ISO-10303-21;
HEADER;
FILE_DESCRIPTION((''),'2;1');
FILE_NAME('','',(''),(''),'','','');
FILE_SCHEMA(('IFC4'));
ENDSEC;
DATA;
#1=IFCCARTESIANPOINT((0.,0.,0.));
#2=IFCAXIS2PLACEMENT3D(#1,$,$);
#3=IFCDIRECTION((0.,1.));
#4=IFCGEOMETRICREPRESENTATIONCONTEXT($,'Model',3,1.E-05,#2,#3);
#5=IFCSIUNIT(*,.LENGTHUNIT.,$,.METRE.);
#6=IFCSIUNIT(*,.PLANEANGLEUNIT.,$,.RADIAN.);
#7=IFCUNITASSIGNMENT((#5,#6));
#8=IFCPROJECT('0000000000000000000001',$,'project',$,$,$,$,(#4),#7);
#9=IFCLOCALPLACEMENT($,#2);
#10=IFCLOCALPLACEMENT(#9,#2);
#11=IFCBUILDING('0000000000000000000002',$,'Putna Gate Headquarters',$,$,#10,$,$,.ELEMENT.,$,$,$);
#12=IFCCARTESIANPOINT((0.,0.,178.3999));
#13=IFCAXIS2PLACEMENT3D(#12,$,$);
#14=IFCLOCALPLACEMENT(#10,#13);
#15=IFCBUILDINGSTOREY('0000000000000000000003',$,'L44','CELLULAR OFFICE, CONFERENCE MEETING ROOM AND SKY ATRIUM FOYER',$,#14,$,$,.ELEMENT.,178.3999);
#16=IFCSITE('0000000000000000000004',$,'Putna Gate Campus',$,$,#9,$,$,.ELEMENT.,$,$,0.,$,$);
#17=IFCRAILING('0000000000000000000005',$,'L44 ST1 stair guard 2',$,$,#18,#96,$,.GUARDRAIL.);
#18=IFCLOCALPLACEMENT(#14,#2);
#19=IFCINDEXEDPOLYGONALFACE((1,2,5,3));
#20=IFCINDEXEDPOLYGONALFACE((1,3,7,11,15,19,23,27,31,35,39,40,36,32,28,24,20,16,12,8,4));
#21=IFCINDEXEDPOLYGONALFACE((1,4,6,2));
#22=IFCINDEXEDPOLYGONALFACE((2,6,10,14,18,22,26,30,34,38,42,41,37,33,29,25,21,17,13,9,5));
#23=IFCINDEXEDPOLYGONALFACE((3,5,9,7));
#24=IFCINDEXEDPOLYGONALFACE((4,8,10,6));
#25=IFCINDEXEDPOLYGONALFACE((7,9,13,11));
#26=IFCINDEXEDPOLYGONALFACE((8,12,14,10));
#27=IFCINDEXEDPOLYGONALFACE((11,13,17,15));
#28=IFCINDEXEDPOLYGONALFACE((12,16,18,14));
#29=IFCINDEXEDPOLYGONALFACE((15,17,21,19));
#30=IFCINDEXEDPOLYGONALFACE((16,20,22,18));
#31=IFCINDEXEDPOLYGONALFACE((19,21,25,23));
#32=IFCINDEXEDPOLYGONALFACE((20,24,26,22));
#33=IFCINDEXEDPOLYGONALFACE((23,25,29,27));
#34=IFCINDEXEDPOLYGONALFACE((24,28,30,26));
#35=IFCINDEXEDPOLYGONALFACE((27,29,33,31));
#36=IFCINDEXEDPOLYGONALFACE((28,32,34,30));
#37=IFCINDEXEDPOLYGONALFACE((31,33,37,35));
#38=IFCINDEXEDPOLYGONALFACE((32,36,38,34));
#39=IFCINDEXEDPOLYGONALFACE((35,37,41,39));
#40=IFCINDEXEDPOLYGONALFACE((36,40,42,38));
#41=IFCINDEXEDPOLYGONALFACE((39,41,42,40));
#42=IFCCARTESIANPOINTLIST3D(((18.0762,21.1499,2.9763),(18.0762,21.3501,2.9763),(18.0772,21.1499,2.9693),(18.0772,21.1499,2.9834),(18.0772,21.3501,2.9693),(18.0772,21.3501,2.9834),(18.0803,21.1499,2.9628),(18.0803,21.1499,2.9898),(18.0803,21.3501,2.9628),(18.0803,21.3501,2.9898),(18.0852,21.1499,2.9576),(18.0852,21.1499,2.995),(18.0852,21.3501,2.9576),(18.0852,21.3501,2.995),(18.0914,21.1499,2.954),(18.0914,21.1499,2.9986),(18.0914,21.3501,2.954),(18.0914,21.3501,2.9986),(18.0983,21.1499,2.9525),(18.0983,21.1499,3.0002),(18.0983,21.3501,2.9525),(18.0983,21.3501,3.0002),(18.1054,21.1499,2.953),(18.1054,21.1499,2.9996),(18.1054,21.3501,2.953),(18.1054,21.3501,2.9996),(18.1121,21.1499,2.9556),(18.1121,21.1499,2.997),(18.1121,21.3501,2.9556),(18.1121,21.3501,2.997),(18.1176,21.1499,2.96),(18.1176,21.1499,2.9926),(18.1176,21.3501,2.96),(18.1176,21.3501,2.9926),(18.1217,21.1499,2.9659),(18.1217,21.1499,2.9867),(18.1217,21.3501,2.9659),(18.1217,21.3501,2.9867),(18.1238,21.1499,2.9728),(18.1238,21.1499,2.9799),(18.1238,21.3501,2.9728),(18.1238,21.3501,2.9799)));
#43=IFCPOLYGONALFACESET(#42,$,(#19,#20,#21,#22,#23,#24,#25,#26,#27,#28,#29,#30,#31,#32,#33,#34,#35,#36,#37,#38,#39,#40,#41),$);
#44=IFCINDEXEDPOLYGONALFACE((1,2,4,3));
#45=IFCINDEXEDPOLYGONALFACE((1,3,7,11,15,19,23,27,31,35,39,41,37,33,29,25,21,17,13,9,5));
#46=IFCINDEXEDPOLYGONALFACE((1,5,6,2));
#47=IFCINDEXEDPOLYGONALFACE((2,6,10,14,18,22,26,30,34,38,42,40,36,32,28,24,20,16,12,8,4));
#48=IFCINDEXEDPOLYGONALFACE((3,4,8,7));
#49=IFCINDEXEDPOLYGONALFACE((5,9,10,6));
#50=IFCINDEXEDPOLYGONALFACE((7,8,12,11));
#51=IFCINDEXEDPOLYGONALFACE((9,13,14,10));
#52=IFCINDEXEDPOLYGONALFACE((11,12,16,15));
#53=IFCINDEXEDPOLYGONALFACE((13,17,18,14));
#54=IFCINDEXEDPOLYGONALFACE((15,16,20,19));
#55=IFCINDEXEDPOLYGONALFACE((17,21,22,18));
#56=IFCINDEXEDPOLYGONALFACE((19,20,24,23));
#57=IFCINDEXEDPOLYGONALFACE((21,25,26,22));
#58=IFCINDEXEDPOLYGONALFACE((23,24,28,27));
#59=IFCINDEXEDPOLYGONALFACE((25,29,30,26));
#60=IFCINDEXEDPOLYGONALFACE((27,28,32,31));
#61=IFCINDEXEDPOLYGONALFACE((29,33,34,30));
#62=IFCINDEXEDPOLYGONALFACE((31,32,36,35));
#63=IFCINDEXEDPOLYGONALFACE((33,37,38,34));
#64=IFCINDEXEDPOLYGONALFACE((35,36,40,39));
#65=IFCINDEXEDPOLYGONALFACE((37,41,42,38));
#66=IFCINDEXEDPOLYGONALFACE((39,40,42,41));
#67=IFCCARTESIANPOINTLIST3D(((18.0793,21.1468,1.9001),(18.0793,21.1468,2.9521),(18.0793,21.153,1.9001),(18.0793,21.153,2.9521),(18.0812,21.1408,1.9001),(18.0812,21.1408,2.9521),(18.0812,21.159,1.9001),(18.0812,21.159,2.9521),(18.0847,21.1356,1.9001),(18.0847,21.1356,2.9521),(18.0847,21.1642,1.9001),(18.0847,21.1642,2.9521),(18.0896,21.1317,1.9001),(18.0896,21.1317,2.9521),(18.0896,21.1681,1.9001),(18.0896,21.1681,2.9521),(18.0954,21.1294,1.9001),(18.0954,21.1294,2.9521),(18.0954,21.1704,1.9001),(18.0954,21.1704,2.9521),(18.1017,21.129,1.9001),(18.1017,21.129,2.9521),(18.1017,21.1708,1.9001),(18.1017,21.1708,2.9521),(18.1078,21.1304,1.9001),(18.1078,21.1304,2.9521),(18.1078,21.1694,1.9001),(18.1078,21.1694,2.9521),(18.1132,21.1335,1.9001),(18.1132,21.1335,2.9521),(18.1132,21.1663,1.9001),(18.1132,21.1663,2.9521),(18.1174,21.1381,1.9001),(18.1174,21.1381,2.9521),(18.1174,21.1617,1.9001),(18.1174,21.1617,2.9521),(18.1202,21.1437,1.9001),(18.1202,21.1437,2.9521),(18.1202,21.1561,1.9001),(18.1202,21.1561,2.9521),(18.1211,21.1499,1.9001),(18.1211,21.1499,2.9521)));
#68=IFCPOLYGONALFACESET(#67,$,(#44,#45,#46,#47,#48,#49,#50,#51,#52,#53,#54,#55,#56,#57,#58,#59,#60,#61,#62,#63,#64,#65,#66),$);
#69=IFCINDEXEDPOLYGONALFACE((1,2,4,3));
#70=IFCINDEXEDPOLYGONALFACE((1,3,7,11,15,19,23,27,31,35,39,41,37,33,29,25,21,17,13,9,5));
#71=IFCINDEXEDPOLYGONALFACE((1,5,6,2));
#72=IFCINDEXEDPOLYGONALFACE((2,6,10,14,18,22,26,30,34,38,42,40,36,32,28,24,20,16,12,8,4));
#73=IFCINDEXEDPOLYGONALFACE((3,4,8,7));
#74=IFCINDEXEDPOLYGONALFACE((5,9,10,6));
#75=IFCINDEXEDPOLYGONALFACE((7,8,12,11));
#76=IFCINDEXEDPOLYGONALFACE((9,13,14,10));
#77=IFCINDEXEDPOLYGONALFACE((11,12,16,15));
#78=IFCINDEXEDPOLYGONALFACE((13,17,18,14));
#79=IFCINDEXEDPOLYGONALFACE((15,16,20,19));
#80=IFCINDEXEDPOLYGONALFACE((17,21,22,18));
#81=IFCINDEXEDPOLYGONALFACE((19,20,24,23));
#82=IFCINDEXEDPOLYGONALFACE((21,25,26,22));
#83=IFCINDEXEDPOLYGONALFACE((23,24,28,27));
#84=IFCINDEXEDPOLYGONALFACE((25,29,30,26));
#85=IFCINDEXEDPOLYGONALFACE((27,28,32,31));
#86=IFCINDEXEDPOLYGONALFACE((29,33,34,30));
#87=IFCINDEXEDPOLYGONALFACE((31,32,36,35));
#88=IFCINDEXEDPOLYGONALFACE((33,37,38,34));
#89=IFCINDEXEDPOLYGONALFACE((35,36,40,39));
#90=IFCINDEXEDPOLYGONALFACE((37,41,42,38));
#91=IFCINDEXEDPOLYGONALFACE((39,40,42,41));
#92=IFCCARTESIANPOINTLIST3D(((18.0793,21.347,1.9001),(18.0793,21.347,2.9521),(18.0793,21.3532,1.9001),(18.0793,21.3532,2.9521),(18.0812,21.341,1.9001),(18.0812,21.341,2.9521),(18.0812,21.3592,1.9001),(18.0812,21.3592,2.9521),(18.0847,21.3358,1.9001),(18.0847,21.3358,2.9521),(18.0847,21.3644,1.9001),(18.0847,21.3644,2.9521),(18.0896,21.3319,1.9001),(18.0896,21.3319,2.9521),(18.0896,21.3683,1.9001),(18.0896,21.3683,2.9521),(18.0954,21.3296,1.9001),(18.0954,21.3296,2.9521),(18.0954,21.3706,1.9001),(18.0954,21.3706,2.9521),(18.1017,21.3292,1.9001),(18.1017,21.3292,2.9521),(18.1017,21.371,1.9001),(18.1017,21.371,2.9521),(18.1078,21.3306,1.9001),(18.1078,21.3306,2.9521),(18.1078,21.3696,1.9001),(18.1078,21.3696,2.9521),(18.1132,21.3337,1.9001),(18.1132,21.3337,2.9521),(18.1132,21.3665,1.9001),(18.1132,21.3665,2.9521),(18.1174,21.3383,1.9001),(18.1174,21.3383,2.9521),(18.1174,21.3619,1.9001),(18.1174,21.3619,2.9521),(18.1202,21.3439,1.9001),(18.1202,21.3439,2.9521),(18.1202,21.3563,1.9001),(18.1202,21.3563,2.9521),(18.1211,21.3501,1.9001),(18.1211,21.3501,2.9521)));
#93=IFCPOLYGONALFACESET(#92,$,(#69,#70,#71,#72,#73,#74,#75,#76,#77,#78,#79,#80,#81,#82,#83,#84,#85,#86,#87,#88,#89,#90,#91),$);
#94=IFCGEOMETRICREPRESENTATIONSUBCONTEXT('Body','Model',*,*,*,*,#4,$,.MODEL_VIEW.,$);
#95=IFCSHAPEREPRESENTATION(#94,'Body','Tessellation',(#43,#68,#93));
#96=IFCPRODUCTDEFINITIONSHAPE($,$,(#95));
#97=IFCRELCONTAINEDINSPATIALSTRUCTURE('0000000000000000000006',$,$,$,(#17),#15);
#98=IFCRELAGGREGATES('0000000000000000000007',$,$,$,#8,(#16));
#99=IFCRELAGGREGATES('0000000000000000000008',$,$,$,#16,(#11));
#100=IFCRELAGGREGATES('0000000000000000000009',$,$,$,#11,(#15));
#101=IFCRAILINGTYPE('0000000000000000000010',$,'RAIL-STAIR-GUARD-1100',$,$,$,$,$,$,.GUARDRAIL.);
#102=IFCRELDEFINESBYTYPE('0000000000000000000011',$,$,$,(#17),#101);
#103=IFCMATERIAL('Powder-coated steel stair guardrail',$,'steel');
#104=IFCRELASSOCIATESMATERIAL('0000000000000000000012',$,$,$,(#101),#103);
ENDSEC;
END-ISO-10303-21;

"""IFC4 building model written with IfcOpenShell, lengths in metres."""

from ifc_helpers import new_model, si_unit, direction, frame, origin, origin_2d, place, context, subcontext, project, spatial, circle, extrude, material, type_object, element, save


model = new_model("IFC4")

# Units and contexts
model_context = context("Model", 3, precision=1e-05, world=origin(), true_north=direction((0.0, 1.0)))
body_context = subcontext(model_context, "Body", "Model", "MODEL_VIEW")
ifc_project = project(units=[si_unit("LENGTHUNIT", "METRE"), si_unit("PLANEANGLEUNIT", "RADIAN")], contexts=[model_context])

# Site, building, storey
site_placement = place(None, origin())
site = spatial("IfcSite", under=ifc_project, at=site_placement, Name="Putna Gate Campus", CompositionType="ELEMENT", RefElevation=0.0)
building_placement = place(site_placement, origin())
building = spatial("IfcBuilding", under=site, at=building_placement, Name="Putna Gate Headquarters", CompositionType="ELEMENT")
storey_placement = place(building_placement, frame((0.0, 0.0, 178.3999)))
storey = spatial("IfcBuildingStorey", under=building, at=storey_placement, Name="L44", Description="CELLULAR OFFICE, CONFERENCE MEETING ROOM AND SKY ATRIUM FOYER", CompositionType="ELEMENT", Elevation=178.3999)

# Railing
ifc_material_1 = material(Name="Powder-coated steel stair guardrail", Category="steel")
railing_type_1 = type_object("IfcRailingType", Name="RAIL-STAIR-GUARD-1100", PredefinedType="GUARDRAIL", material=ifc_material_1)
railing_1_placement = place(storey_placement, frame((18.1001, 21.1499, 1.9001)))
element("IfcRailing", 1, at=railing_1_placement, inside=storey, type_object=railing_type_1, Name="L44 ST1 stair guard 2", PredefinedType="GUARDRAIL", context=body_context, shape_type="SweptSolid", body=[
    extrude(circle(Radius=0.0239, at=origin_2d()), frame((0.0, 0.0, 1.0762), z_axis=(0.0, 1.0, 0.0), x_axis=(-1.0, 0.0, 0.0)), (0.0, 0.0, 1.0), 0.2002),
    extrude(circle(Radius=0.021, at=origin_2d()), origin(), (0.0, 0.0, 1.0), 1.052),
    extrude(circle(Radius=0.021, at=origin_2d()), frame((0.0, 0.2002, 0.0)), (0.0, 0.0, 1.0), 1.052),
])

save(model, "model.ifc")
